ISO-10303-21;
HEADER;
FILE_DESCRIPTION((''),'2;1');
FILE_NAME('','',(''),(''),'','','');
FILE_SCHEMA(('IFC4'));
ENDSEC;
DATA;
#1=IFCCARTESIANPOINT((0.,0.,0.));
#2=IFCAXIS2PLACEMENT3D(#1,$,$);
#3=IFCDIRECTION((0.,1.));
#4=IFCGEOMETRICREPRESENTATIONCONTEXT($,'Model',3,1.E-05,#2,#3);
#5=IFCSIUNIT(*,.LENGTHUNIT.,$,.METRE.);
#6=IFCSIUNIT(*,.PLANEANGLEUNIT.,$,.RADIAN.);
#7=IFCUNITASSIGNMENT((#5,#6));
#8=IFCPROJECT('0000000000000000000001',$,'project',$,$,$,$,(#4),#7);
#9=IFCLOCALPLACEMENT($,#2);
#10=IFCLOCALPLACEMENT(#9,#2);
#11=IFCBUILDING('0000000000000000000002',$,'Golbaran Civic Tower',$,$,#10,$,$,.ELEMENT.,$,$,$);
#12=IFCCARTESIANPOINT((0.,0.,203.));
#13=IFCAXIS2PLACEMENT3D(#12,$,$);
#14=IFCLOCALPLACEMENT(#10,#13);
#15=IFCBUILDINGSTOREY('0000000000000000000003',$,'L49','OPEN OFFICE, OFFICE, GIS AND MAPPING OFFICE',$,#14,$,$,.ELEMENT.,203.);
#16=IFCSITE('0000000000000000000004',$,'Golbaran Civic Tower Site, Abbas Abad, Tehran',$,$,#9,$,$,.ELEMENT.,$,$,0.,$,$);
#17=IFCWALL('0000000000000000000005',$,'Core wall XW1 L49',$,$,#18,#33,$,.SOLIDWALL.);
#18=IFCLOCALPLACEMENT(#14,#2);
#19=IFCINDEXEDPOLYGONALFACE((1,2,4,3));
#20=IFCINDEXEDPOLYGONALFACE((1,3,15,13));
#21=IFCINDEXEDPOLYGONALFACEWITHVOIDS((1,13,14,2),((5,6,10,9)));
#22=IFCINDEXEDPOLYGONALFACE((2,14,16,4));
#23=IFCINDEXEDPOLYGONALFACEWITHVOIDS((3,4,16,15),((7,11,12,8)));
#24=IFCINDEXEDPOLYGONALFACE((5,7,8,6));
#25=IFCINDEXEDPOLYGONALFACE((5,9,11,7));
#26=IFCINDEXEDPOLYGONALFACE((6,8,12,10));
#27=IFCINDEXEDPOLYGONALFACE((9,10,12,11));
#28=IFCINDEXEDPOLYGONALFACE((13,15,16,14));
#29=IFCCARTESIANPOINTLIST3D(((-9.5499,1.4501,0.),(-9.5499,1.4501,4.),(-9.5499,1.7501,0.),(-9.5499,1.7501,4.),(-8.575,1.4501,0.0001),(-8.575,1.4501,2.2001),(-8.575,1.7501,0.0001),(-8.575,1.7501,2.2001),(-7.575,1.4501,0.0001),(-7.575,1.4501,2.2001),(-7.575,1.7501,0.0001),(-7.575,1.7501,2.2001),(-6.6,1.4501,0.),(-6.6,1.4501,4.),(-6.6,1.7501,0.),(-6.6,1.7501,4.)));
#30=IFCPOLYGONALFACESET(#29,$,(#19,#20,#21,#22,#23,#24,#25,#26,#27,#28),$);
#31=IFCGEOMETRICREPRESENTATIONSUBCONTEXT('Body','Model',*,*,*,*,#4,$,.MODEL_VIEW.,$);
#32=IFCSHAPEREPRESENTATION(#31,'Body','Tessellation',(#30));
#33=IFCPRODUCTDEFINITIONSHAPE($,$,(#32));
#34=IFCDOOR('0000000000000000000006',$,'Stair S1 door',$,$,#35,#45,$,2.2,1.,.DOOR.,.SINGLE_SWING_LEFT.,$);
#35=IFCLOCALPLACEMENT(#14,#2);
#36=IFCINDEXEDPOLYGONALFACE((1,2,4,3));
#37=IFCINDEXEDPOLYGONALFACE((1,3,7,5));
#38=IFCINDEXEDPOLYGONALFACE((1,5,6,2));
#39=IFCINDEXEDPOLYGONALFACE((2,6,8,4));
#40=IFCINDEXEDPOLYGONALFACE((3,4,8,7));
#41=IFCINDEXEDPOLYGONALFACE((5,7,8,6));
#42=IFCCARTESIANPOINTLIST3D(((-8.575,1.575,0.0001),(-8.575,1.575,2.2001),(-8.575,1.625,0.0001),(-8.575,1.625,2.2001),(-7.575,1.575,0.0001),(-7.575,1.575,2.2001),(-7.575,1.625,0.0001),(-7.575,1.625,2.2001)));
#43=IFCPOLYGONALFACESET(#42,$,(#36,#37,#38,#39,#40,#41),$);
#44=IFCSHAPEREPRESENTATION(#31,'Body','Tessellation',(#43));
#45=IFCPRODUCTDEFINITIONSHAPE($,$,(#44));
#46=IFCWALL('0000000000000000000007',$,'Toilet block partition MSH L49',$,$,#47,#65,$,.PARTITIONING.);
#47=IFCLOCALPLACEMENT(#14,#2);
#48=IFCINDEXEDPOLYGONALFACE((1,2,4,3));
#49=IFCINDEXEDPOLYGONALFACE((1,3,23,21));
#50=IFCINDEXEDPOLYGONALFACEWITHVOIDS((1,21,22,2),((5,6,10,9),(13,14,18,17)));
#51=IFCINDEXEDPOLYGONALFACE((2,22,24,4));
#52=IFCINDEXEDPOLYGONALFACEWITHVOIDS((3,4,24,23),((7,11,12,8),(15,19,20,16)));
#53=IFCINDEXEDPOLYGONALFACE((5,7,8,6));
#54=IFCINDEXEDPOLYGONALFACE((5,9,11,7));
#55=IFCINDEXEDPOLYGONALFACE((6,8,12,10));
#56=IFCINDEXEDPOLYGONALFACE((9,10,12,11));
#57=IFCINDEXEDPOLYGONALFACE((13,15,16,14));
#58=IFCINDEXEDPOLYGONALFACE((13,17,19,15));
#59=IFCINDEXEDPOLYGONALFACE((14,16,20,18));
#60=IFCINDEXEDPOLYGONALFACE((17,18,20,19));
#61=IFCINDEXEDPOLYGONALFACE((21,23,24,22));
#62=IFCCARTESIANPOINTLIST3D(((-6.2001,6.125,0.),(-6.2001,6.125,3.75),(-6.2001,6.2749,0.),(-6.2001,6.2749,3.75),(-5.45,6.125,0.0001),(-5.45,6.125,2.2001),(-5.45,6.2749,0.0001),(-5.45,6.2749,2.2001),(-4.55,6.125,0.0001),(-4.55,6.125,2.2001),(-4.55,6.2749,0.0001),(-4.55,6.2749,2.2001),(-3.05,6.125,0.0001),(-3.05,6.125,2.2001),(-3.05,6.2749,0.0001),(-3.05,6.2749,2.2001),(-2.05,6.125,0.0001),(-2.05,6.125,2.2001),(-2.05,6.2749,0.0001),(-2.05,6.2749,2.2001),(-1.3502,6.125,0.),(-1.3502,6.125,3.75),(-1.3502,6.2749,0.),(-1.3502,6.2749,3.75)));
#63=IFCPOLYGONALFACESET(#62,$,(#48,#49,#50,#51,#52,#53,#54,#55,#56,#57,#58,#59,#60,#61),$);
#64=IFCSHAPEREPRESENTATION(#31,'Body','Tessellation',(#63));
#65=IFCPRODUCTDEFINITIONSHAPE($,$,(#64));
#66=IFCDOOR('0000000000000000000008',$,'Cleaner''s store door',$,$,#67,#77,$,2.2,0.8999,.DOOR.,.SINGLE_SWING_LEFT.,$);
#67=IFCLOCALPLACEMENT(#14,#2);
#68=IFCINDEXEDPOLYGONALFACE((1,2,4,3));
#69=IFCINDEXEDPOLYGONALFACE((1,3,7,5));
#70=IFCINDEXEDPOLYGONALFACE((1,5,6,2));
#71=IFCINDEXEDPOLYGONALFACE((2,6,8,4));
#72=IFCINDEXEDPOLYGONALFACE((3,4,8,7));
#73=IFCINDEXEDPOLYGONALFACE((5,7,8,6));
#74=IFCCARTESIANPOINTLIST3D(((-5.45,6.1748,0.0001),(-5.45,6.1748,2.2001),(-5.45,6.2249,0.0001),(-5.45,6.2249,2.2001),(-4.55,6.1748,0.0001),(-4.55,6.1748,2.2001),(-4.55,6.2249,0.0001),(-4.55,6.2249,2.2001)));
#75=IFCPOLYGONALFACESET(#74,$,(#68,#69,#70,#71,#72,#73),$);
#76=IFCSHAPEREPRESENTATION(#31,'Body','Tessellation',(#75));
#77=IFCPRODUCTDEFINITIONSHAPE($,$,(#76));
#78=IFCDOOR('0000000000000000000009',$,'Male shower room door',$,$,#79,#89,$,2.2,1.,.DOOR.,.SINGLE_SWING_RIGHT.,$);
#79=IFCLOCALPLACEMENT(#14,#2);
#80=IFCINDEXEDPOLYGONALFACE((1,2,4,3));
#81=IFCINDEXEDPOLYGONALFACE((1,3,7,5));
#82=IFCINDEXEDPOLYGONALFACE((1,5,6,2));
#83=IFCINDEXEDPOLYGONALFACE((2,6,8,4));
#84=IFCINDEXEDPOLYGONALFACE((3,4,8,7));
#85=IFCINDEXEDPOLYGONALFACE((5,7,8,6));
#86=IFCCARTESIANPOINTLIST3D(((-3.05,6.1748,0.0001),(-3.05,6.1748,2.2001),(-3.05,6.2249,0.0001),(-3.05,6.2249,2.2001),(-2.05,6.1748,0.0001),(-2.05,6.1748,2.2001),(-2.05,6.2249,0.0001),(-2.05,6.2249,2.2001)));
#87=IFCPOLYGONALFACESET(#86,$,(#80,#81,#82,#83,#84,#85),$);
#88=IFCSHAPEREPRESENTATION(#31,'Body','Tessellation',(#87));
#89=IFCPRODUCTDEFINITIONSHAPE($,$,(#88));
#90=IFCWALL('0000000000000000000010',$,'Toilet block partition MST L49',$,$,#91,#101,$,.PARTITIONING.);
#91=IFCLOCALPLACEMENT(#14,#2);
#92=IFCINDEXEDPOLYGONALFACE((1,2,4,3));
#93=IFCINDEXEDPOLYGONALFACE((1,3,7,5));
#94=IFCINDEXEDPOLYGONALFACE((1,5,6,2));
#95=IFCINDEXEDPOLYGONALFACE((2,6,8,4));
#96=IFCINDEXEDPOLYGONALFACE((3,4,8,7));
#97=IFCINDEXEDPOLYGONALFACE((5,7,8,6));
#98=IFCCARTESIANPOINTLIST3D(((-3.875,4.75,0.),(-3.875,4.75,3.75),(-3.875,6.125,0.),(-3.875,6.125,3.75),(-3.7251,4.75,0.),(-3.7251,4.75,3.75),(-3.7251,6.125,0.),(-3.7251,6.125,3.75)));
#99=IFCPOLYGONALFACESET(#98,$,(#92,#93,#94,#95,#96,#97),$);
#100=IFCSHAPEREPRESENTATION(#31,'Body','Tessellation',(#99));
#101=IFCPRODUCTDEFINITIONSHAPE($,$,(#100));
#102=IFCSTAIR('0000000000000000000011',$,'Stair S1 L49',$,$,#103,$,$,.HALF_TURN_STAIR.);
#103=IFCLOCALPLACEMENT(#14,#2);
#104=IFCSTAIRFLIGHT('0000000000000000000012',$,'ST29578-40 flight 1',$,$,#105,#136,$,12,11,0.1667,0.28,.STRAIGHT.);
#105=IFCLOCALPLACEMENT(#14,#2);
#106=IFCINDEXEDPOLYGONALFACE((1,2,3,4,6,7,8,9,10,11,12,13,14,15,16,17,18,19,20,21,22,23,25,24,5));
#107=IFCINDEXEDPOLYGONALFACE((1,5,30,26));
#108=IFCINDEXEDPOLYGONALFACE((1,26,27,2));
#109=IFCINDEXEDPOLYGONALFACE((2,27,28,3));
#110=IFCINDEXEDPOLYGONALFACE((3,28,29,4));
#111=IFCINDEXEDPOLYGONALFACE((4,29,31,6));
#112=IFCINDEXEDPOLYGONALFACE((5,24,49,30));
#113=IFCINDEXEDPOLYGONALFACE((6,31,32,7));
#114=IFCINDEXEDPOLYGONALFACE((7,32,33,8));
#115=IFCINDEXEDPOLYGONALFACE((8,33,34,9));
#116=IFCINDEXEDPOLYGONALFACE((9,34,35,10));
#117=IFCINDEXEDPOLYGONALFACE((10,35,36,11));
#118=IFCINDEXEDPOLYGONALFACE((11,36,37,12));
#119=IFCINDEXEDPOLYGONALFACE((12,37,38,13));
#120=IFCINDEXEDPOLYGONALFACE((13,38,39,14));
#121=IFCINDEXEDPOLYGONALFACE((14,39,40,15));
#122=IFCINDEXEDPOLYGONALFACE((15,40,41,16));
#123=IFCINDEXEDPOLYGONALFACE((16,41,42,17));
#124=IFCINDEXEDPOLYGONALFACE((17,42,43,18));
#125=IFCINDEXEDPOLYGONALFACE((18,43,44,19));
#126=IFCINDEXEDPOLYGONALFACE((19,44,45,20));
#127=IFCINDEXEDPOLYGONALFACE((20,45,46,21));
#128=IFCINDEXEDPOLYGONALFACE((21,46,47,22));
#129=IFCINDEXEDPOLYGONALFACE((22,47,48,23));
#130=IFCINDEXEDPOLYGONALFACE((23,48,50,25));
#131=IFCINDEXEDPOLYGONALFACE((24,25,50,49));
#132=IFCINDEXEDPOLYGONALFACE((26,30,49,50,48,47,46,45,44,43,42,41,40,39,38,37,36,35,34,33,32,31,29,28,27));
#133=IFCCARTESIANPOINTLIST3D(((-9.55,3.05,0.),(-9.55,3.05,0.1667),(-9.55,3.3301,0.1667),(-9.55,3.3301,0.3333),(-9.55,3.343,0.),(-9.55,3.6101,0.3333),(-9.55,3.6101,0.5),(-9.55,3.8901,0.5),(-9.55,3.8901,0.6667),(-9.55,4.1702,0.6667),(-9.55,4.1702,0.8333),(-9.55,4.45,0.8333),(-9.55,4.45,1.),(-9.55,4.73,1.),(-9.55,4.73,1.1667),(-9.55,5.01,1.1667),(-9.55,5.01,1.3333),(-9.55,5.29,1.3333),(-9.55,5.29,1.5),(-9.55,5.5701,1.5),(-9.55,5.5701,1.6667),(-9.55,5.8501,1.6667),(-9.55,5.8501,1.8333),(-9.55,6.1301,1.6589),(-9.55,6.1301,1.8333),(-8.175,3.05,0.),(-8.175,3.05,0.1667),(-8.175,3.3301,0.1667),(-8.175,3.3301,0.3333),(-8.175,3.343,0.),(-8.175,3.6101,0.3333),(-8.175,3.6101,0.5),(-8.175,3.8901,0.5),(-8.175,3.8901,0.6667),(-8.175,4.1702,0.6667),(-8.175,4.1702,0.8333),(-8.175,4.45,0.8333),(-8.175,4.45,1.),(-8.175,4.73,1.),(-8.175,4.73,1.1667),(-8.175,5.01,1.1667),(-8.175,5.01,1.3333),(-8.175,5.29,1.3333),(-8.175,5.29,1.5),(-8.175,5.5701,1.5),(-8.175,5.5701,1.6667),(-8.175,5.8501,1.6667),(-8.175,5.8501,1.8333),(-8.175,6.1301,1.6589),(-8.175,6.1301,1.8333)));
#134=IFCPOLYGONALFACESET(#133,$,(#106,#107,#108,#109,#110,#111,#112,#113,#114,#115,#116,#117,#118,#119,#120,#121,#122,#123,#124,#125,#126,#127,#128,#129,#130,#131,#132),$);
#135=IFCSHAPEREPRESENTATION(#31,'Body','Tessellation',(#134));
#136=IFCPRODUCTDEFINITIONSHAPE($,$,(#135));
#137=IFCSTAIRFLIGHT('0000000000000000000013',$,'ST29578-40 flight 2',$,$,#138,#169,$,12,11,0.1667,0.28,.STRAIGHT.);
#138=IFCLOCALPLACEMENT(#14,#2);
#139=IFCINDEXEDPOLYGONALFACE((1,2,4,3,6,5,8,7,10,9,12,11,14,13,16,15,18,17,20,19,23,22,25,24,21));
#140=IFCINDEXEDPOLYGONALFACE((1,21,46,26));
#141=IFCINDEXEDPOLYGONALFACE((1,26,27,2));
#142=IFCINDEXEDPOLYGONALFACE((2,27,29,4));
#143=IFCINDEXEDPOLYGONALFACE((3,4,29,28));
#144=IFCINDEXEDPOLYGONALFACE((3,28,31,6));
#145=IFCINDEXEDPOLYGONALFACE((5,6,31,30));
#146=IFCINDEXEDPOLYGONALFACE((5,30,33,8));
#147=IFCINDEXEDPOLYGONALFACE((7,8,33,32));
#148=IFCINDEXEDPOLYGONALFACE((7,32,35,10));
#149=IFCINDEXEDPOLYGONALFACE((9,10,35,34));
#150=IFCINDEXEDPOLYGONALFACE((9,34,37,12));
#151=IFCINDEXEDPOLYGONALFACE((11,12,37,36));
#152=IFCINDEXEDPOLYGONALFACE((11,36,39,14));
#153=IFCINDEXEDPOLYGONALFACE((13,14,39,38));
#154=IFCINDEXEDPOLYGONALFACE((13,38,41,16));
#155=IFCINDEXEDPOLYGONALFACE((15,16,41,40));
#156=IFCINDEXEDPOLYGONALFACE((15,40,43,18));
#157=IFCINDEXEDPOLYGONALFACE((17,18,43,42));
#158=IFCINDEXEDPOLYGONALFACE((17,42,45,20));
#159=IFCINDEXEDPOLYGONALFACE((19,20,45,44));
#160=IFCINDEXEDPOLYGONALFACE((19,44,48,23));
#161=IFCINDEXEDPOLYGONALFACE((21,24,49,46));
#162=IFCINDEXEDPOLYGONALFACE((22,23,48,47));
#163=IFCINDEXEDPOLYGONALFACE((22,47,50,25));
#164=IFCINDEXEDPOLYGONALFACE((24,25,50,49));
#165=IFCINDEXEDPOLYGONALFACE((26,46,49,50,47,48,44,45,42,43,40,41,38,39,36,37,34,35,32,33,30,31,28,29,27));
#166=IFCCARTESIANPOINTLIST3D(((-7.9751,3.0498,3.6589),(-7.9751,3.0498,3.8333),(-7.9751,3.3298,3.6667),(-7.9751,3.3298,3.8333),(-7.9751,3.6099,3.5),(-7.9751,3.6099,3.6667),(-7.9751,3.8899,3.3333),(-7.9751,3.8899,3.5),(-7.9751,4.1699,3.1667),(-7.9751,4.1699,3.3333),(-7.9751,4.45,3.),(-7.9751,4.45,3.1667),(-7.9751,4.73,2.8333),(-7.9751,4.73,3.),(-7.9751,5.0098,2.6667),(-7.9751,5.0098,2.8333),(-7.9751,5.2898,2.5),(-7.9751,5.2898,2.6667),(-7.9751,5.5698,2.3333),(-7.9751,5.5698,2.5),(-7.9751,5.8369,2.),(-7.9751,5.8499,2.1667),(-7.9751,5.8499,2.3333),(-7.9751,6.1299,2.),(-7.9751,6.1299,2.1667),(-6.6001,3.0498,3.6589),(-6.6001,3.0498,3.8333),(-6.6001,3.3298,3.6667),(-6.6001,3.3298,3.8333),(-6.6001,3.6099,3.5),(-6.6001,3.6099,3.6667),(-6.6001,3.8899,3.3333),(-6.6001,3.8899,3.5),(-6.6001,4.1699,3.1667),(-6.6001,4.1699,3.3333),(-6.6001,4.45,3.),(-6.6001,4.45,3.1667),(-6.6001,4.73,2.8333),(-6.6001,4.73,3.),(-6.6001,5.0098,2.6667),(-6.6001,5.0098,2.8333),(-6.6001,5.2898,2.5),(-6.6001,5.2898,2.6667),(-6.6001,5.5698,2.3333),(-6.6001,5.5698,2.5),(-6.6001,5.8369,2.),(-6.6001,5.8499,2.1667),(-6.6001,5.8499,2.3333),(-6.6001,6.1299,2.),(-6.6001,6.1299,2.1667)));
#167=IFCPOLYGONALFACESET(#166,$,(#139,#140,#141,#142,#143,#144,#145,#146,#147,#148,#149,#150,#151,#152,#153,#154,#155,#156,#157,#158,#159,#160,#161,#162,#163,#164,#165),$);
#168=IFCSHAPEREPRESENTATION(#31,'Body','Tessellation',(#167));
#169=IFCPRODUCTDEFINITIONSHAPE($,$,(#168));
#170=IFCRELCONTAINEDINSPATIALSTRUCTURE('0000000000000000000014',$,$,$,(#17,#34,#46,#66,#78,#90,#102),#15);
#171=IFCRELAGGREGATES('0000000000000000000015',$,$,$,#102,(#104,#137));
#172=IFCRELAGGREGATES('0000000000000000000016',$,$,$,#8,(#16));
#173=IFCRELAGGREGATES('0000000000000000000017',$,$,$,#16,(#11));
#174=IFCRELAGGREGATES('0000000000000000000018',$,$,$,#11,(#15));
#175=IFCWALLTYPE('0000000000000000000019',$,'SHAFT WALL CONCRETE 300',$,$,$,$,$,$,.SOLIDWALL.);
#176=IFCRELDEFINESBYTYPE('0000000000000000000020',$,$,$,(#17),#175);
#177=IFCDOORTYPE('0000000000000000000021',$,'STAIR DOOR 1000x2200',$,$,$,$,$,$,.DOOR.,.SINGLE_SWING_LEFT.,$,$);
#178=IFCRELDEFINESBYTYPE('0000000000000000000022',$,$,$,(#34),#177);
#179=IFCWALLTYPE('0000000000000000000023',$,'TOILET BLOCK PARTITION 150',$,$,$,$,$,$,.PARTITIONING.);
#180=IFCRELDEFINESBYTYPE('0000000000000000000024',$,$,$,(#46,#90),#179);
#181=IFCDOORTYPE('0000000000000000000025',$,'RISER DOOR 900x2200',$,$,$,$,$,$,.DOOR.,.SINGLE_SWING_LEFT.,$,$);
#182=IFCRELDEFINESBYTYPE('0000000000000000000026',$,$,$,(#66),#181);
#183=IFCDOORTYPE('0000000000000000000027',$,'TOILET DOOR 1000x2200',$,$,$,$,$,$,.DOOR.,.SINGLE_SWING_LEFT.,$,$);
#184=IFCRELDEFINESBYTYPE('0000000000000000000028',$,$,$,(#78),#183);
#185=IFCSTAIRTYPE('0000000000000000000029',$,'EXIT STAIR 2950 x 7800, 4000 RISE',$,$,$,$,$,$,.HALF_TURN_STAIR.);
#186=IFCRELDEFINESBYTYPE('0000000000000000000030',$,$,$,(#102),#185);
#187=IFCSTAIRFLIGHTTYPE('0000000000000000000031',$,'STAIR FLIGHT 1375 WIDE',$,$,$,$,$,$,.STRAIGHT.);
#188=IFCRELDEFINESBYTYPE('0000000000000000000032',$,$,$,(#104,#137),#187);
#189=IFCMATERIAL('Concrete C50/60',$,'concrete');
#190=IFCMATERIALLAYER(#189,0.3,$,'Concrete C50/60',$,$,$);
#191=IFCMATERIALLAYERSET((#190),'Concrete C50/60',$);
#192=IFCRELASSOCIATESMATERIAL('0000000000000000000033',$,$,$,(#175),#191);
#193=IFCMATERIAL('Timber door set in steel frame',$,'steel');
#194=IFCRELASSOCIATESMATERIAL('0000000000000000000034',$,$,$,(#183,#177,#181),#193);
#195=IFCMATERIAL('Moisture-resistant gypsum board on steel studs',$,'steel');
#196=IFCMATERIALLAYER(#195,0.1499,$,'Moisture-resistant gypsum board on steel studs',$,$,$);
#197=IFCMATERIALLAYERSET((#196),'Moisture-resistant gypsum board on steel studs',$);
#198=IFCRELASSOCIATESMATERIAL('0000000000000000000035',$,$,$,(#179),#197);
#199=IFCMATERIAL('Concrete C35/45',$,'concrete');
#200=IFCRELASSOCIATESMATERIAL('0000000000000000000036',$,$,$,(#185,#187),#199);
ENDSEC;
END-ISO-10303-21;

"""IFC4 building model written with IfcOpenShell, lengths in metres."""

from ifc_helpers import new_model, si_unit, direction, frame, frame_2d, origin, place, context, subcontext, project, spatial, polyline, rectangle, outline, extrude, material, layer, layer_set, type_object, element, fill, aggregate, save


model = new_model("IFC4")

# Units and contexts
model_context = context("Model", 3, precision=1e-05, world=origin(), true_north=direction((0.0, 1.0)))
body_context = subcontext(model_context, "Body", "Model", "MODEL_VIEW")
ifc_project = project(units=[si_unit("LENGTHUNIT", "METRE"), si_unit("PLANEANGLEUNIT", "RADIAN")], contexts=[model_context])

# Site, building, storey
site_placement = place(None, origin())
site = spatial("IfcSite", under=ifc_project, at=site_placement, Name="Golbaran Civic Tower Site, Abbas Abad, Tehran", CompositionType="ELEMENT", RefElevation=0.0)
building_placement = place(site_placement, origin())
building = spatial("IfcBuilding", under=site, at=building_placement, Name="Golbaran Civic Tower", CompositionType="ELEMENT")
storey_placement = place(building_placement, frame((0.0, 0.0, 203.0)))
storey = spatial("IfcBuildingStorey", under=building, at=storey_placement, Name="L49", Description="OPEN OFFICE, OFFICE, GIS AND MAPPING OFFICE", CompositionType="ELEMENT", Elevation=203.0)

# Shared definitions
ifc_material_1 = material(Name="Timber door set in steel frame", Category="steel")

# Shared definitions
ifc_material_2 = material(Name="Concrete C50/60", Category="concrete")
ifc_layer_1 = layer(ifc_material_2, 0.3, Name="Concrete C50/60")
ifc_layer_set_1 = layer_set([ifc_layer_1], Name="Concrete C50/60")
wall_type_1 = type_object("IfcWallType", Name="SHAFT WALL CONCRETE 300", PredefinedType="SOLIDWALL", material=ifc_layer_set_1)

# Wall, opening, door
door_type_1 = type_object("IfcDoorType", Name="TOILET DOOR 1000x2200", OperationType="SINGLE_SWING_LEFT", PredefinedType="DOOR", material=ifc_material_1)
wall_1_placement = place(storey_placement, frame((-9.55, 1.6001, 0.0), z_axis=(0.0, 0.0, 1.0), x_axis=(1.0, 0.0, 0.0)))
wall_1 = element("IfcWall", 1, at=wall_1_placement, inside=storey, type_object=wall_type_1, Name="Core wall XW1 L49", PredefinedType="SOLIDWALL", context=body_context, shape_type="SweptSolid", body=[
    extrude(rectangle(XDim=2.95, YDim=0.3, at=frame_2d((1.4751, 0.0))), origin(), (0.0, 0.0, 1.0), 4.0),
])
opening_1_placement = place(wall_1_placement, frame((0.9751, 0.0, 0.0)))
opening_1 = element("IfcOpeningElement", 2, at=opening_1_placement, cuts=wall_1, PredefinedType="OPENING", context=body_context, shape_type="SweptSolid", body=[
    extrude(rectangle(XDim=1.0, YDim=2.2, at=frame_2d((0.5, 1.1001))), frame((0.0, 0.1599, 0.0), z_axis=(0.0, -1.0, 0.0), x_axis=(1.0, 0.0, 0.0)), (0.0, 0.0, 1.0), 0.3201),
])
door_type_2 = type_object("IfcDoorType", Name="STAIR DOOR 1000x2200", OperationType="SINGLE_SWING_LEFT", PredefinedType="DOOR", material=ifc_material_1)
door_1_placement = place(opening_1_placement, origin())
door_1 = element("IfcDoor", 3, at=door_1_placement, inside=storey, type_object=door_type_2, Name="Stair S1 door", OperationType="SINGLE_SWING_LEFT", OverallHeight=2.2, OverallWidth=1.0, PredefinedType="DOOR", context=body_context, shape_type="SweptSolid", body=[
    extrude(rectangle(XDim=1.0, YDim=2.2, at=frame_2d((0.5, 1.1001))), frame((0.0, 0.0249, 0.0), z_axis=(0.0, -1.0, 0.0), x_axis=(1.0, 0.0, 0.0)), (0.0, 0.0, 1.0), 0.05),
])
fill(opening_1, door_1)

# Wall, openings, doors
ifc_material_3 = material(Name="Moisture-resistant gypsum board on steel studs", Category="steel")
ifc_layer_2 = layer(ifc_material_3, 0.1499, Name="Moisture-resistant gypsum board on steel studs")
ifc_layer_set_2 = layer_set([ifc_layer_2], Name="Moisture-resistant gypsum board on steel studs")
wall_type_2 = type_object("IfcWallType", Name="TOILET BLOCK PARTITION 150", PredefinedType="PARTITIONING", material=ifc_layer_set_2)
wall_2_placement = place(storey_placement, frame((-6.2, 6.2, 0.0), z_axis=(0.0, 0.0, 1.0), x_axis=(1.0, 0.0, 0.0)))
wall_2 = element("IfcWall", 4, at=wall_2_placement, inside=storey, type_object=wall_type_2, Name="Toilet block partition MSH L49", PredefinedType="PARTITIONING", context=body_context, shape_type="SweptSolid", body=[
    extrude(rectangle(XDim=4.8499, YDim=0.1499, at=frame_2d((2.4248, 0.0))), origin(), (0.0, 0.0, 1.0), 3.75),
])
opening_2_placement = place(wall_2_placement, frame((3.1499, 0.0, 0.0)))
opening_2 = element("IfcOpeningElement", 5, at=opening_2_placement, cuts=wall_2, PredefinedType="OPENING", context=body_context, shape_type="SweptSolid", body=[
    extrude(rectangle(XDim=1.0, YDim=2.2, at=frame_2d((0.5, 1.1001))), frame((0.0, 0.085, 0.0), z_axis=(0.0, -1.0, 0.0), x_axis=(1.0, 0.0, 0.0)), (0.0, 0.0, 1.0), 0.1699),
])
opening_3_placement = place(wall_2_placement, frame((0.75, 0.0, 0.0)))
opening_3 = element("IfcOpeningElement", 6, at=opening_3_placement, cuts=wall_2, PredefinedType="OPENING", context=body_context, shape_type="SweptSolid", body=[
    extrude(rectangle(XDim=0.8999, YDim=2.2, at=frame_2d((0.45, 1.1001))), frame((0.0, 0.085, 0.0), z_axis=(0.0, -1.0, 0.0), x_axis=(1.0, 0.0, 0.0)), (0.0, 0.0, 1.0), 0.1699),
])
door_type_3 = type_object("IfcDoorType", Name="RISER DOOR 900x2200", OperationType="SINGLE_SWING_LEFT", PredefinedType="DOOR", material=ifc_material_1)
door_2_placement = place(opening_3_placement, origin())
door_2 = element("IfcDoor", 7, at=door_2_placement, inside=storey, type_object=door_type_3, Name="Cleaner's store door", OperationType="SINGLE_SWING_LEFT", OverallHeight=2.2, OverallWidth=0.8999, PredefinedType="DOOR", context=body_context, shape_type="SweptSolid", body=[
    extrude(rectangle(XDim=0.8999, YDim=2.2, at=frame_2d((0.45, 1.1001))), frame((0.0, 0.0249, 0.0), z_axis=(0.0, -1.0, 0.0), x_axis=(1.0, 0.0, 0.0)), (0.0, 0.0, 1.0), 0.05),
])
fill(opening_3, door_2)
door_3_placement = place(opening_2_placement, origin())
door_3 = element("IfcDoor", 8, at=door_3_placement, inside=storey, type_object=door_type_1, Name="Male shower room door", OperationType="SINGLE_SWING_RIGHT", OverallHeight=2.2, OverallWidth=1.0, PredefinedType="DOOR", context=body_context, shape_type="SweptSolid", body=[
    extrude(rectangle(XDim=1.0, YDim=2.2, at=frame_2d((0.5, 1.1001))), frame((0.0, 0.0249, 0.0), z_axis=(0.0, -1.0, 0.0), x_axis=(1.0, 0.0, 0.0)), (0.0, 0.0, 1.0), 0.05),
])
fill(opening_2, door_3)

# Wall
wall_3_placement = place(storey_placement, frame((-3.8, 4.75, 0.0), z_axis=(0.0, 0.0, 1.0), x_axis=(0.0, 1.0, 0.0)))
element("IfcWall", 9, at=wall_3_placement, inside=storey, type_object=wall_type_2, Name="Toilet block partition MST L49", PredefinedType="PARTITIONING", context=body_context, shape_type="SweptSolid", body=[
    extrude(rectangle(XDim=1.375, YDim=0.1499, at=frame_2d((0.6875, 0.0))), origin(), (0.0, 0.0, 1.0), 3.75),
])

# Stair, stair flights
ifc_material_4 = material(Name="Concrete C35/45", Category="concrete")
stair_type = type_object("IfcStairType", Name="EXIT STAIR 2950 x 7800, 4000 RISE", PredefinedType="HALF_TURN_STAIR", material=ifc_material_4)
stair_placement = place(storey_placement, origin())
stair = element("IfcStair", 10, at=stair_placement, inside=storey, type_object=stair_type, Name="Stair S1 L49", PredefinedType="HALF_TURN_STAIR")
stair_flight_type = type_object("IfcStairFlightType", Name="STAIR FLIGHT 1375 WIDE", PredefinedType="STRAIGHT", material=ifc_material_4)
stair_flight_1_placement = place(storey_placement, frame((-8.8625, 3.05, 0.0), z_axis=(0.0, 0.0, 1.0), x_axis=(0.0, 1.0, 0.0)))
stair_flight_1 = element("IfcStairFlight", 11, at=stair_flight_1_placement, type_object=stair_flight_type, Name="ST29578-40 flight 1", NumberOfRisers=12, NumberOfTreads=11, PredefinedType="STRAIGHT", RiserHeight=0.1667, TreadLength=0.28, context=body_context, shape_type="SweptSolid", body=[
    extrude(outline(polyline([(0.0, 0.0), (0.0, 0.1667), (0.28, 0.1667), (0.28, 0.3333), (0.5601, 0.3333), (0.5601, 0.5), (0.8401, 0.5), (0.8401, 0.6667), (1.1201, 0.6667), (1.1201, 0.8333), (1.3999, 0.8333), (1.3999, 1.0), (1.6799, 1.0), (1.6799, 1.1667), (1.96, 1.1667), (1.96, 1.3333), (2.24, 1.3333), (2.24, 1.5), (2.52, 1.5), (2.52, 1.6667), (2.8, 1.6667), (2.8, 1.8333), (3.0801, 1.8333), (3.0801, 2.0), (3.0801, 1.6589), (0.293, 0.0), (0.0, 0.0)])), frame((0.0, 0.6875, 0.0), z_axis=(0.0, -1.0, 0.0), x_axis=(1.0, 0.0, 0.0)), (0.0, 0.0, 1.0), 1.375),
])
stair_flight_2_placement = place(storey_placement, frame((-7.2876, 6.1299, 2.0), z_axis=(0.0, 0.0, 1.0), x_axis=(0.0, -1.0, 0.0)))
stair_flight_2 = element("IfcStairFlight", 12, at=stair_flight_2_placement, type_object=stair_flight_type, Name="ST29578-40 flight 2", NumberOfRisers=12, NumberOfTreads=11, PredefinedType="STRAIGHT", RiserHeight=0.1667, TreadLength=0.28, context=body_context, shape_type="SweptSolid", body=[
    extrude(outline(polyline([(0.0, 0.0), (0.0, 0.1667), (0.28, 0.1667), (0.28, 0.3333), (0.5601, 0.3333), (0.5601, 0.5), (0.8401, 0.5), (0.8401, 0.6667), (1.1201, 0.6667), (1.1201, 0.8333), (1.3999, 0.8333), (1.3999, 1.0), (1.6799, 1.0), (1.6799, 1.1667), (1.96, 1.1667), (1.96, 1.3333), (2.24, 1.3333), (2.24, 1.5), (2.52, 1.5), (2.52, 1.6667), (2.8, 1.6667), (2.8, 1.8333), (3.0801, 1.8333), (3.0801, 2.0), (3.0801, 1.6589), (0.293, 0.0), (0.0, 0.0)])), frame((0.0, 0.6875, 0.0), z_axis=(0.0, -1.0, 0.0), x_axis=(1.0, 0.0, 0.0)), (0.0, 0.0, 1.0), 1.375),
])
aggregate(stair, [stair_flight_1, stair_flight_2])

save(model, "model.ifc")
